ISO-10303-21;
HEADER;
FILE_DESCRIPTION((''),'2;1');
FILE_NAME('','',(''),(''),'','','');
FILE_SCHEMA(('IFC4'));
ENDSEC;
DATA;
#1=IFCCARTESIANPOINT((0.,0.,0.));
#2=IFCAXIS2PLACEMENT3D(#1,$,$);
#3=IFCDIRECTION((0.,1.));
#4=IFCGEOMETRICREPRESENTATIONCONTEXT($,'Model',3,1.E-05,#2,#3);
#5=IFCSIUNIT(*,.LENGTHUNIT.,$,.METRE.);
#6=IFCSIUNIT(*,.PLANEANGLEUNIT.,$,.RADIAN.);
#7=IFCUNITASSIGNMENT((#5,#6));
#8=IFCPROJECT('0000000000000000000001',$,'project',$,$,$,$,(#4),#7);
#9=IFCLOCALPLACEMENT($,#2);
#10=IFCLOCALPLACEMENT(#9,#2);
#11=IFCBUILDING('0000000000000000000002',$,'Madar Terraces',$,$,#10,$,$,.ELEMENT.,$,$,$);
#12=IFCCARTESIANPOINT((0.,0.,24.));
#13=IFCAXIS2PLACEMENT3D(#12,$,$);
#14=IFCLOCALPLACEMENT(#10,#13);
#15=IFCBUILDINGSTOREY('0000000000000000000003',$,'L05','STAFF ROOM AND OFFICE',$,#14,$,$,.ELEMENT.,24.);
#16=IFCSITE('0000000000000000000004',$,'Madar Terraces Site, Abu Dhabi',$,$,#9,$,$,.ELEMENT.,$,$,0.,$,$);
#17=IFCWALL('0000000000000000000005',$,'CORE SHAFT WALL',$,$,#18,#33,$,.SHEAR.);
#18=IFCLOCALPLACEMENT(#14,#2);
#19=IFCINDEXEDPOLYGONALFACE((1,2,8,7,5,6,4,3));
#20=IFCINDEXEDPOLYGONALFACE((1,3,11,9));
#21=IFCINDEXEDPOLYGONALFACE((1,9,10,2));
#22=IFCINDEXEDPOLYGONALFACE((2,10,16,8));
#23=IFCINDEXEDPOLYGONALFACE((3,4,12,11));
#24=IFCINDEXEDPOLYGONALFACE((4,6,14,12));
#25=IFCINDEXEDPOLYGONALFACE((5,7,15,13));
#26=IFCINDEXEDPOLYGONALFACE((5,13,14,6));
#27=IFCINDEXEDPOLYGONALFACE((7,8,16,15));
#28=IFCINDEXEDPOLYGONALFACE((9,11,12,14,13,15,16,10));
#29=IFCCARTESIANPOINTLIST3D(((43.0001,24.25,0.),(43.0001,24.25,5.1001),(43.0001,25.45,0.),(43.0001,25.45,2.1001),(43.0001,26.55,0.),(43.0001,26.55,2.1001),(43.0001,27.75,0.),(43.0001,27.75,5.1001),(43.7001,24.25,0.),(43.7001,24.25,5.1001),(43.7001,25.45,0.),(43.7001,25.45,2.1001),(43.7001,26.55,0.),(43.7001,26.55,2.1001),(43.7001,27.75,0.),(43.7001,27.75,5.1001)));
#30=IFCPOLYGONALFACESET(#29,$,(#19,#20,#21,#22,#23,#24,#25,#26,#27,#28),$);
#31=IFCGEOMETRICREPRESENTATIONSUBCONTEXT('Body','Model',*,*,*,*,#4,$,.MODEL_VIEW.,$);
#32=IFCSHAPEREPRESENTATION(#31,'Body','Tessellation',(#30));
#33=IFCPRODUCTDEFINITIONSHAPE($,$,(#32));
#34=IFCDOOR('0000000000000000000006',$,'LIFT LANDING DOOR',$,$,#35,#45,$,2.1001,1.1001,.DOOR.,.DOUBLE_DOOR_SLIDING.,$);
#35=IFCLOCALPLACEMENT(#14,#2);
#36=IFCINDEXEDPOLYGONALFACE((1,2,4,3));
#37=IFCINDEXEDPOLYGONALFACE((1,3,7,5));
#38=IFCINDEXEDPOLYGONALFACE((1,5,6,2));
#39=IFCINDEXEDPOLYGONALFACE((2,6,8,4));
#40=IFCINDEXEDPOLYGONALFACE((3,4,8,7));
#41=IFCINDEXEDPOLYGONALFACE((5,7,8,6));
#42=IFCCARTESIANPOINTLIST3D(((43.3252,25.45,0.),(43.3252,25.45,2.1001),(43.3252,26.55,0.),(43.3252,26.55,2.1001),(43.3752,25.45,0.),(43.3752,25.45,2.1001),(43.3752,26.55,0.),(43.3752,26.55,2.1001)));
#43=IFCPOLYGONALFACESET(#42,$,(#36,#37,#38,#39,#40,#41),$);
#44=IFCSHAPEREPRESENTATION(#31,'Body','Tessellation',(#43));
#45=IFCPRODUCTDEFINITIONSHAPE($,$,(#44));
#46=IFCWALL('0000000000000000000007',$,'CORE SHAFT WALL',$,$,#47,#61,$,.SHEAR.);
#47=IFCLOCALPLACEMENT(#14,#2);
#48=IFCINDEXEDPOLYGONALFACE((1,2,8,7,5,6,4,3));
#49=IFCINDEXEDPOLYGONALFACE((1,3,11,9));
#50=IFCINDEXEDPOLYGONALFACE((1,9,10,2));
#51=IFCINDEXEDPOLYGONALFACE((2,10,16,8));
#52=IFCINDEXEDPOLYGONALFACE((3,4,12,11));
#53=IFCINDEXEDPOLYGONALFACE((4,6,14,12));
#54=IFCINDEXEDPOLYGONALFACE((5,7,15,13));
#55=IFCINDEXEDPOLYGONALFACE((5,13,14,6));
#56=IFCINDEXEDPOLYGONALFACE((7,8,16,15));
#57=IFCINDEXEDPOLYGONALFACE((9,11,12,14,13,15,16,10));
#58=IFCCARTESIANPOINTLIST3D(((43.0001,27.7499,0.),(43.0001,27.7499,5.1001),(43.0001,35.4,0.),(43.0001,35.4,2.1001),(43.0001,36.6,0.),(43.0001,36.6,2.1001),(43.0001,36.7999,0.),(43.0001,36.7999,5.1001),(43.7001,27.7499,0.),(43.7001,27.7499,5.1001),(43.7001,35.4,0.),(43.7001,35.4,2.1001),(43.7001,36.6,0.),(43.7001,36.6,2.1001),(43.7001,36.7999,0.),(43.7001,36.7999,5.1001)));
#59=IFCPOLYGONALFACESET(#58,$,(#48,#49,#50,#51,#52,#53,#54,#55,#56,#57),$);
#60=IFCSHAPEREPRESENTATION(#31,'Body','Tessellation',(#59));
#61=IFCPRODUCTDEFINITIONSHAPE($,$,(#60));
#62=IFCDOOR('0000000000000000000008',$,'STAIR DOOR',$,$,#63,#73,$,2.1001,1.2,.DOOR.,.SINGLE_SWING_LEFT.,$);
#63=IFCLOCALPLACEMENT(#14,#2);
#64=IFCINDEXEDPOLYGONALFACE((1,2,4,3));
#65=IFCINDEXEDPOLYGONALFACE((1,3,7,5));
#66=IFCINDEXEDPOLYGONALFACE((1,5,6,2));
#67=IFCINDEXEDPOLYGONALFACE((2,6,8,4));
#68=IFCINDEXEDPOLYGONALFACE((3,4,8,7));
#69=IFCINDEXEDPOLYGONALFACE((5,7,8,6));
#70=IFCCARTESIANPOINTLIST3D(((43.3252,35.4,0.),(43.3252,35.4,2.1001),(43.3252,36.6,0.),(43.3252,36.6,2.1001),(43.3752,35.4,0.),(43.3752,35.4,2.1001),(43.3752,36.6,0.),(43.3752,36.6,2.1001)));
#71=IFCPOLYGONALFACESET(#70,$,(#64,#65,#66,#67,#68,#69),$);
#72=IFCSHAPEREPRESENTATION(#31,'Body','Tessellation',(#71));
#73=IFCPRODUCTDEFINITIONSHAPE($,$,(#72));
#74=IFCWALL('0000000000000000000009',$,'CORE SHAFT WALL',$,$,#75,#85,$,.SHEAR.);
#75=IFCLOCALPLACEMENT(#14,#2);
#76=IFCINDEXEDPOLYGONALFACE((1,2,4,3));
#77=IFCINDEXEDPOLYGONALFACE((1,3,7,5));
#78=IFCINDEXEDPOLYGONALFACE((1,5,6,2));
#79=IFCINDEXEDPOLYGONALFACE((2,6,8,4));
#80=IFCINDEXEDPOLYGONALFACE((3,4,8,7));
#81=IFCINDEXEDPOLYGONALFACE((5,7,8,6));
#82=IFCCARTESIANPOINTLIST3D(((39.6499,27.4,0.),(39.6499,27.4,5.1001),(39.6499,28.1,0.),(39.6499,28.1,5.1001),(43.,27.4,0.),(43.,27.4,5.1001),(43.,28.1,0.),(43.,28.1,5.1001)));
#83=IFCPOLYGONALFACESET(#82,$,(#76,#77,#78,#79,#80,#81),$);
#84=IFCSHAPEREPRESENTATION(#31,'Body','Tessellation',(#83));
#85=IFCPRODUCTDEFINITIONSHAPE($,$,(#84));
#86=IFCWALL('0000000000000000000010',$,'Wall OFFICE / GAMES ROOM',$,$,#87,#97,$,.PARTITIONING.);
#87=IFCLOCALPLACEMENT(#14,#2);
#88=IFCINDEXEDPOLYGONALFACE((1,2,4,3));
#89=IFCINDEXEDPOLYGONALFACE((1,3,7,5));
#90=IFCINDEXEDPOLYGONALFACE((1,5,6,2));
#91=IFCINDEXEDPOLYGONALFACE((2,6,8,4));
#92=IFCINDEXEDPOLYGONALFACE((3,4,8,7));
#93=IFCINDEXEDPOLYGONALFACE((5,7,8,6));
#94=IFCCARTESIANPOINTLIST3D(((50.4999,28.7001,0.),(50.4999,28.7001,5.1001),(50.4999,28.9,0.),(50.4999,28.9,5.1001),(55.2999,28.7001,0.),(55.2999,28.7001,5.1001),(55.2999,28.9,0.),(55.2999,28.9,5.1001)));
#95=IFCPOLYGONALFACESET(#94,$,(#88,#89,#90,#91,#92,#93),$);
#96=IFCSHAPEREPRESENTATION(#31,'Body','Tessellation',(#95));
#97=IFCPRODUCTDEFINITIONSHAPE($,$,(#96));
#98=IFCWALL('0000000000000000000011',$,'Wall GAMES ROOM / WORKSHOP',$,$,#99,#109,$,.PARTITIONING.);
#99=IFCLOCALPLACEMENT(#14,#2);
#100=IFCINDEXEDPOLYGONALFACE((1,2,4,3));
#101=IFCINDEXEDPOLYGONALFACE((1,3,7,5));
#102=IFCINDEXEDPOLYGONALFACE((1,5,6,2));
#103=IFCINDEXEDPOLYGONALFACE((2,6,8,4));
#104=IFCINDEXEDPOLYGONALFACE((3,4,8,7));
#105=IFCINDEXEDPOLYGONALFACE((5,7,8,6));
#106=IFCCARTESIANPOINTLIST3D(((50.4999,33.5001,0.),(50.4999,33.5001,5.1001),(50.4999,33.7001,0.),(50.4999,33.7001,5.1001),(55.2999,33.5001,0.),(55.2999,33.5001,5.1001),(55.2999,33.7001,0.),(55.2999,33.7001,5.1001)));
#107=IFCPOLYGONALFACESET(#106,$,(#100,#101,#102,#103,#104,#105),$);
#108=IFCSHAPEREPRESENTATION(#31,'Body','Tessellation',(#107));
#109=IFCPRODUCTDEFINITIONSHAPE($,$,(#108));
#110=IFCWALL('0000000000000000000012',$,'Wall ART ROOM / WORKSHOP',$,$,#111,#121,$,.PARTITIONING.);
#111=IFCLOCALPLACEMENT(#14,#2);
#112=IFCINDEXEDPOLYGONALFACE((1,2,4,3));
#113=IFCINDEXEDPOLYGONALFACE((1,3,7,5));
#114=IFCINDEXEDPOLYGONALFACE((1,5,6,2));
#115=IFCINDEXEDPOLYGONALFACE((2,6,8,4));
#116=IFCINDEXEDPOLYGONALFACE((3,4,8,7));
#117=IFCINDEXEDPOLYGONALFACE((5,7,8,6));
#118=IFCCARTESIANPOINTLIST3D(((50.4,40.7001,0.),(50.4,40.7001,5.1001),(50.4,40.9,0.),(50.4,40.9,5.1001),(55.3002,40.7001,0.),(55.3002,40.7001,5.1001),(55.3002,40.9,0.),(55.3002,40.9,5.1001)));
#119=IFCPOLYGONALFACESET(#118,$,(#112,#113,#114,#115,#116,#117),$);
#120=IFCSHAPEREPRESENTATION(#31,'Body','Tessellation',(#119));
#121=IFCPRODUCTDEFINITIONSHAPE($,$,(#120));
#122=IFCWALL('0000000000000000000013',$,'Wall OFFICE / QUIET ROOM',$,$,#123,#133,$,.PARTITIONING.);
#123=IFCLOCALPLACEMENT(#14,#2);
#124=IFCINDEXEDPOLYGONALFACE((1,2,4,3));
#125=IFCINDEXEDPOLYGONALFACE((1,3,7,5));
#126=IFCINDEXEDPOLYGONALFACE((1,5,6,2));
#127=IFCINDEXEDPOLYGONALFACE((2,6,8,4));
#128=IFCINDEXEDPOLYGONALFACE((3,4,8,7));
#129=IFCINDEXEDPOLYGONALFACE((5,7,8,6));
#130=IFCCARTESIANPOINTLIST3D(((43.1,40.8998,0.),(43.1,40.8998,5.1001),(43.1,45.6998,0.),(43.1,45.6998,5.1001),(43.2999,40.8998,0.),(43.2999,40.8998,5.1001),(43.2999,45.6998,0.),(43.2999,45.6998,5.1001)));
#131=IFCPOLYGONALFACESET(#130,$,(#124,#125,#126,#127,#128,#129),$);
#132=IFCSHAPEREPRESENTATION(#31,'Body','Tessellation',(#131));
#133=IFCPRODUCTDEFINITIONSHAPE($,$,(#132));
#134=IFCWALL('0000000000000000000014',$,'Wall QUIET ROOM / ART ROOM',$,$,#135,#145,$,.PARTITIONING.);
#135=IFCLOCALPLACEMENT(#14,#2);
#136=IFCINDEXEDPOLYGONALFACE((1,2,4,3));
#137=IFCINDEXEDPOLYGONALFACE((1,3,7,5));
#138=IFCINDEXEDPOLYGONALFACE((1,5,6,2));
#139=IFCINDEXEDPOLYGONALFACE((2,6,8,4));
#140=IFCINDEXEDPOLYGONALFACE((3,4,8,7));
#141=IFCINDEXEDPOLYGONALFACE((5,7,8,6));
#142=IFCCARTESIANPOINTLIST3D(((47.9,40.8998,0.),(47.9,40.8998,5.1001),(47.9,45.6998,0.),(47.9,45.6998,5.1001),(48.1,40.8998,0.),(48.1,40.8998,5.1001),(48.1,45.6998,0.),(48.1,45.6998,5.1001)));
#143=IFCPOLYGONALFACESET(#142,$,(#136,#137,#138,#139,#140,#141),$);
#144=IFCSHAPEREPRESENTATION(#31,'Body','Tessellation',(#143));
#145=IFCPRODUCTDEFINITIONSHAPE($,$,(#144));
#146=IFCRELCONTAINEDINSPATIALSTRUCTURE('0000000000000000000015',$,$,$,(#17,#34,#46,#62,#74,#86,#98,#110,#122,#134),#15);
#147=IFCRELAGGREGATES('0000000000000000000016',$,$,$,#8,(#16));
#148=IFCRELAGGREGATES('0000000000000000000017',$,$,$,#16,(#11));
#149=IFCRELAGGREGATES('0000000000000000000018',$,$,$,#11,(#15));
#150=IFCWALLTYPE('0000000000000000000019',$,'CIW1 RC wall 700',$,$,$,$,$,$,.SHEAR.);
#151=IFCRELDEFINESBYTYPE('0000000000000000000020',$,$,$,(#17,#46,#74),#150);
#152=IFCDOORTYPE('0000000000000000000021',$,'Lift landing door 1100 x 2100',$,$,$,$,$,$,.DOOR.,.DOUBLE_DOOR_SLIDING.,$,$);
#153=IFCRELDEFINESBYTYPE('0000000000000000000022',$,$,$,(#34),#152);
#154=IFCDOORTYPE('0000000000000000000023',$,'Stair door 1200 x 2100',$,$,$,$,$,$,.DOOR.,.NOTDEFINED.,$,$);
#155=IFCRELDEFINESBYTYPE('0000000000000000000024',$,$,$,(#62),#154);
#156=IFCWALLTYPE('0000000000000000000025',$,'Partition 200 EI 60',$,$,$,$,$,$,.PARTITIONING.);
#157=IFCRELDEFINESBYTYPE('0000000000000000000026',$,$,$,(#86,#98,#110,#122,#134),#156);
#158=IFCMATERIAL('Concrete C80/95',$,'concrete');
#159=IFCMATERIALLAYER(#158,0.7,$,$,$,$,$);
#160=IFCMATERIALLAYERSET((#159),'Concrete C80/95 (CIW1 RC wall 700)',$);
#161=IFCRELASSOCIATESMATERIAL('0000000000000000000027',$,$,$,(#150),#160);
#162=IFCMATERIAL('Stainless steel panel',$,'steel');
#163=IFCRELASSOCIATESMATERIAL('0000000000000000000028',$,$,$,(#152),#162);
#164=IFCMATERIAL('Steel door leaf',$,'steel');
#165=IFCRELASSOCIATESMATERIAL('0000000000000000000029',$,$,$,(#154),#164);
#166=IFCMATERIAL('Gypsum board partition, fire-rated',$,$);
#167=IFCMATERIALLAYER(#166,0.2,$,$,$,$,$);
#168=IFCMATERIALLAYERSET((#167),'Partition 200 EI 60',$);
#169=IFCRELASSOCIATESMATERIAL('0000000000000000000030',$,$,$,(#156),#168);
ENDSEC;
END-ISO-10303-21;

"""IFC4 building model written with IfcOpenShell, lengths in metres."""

from ifc_helpers import new_model, si_unit, direction, frame, frame_2d, origin, place, context, subcontext, project, spatial, rectangle, extrude, material, layer, layer_set, type_object, element, fill, save


model = new_model("IFC4")

# Units and contexts
model_context = context("Model", 3, precision=1e-05, world=origin(), true_north=direction((0.0, 1.0)))
body_context = subcontext(model_context, "Body", "Model", "MODEL_VIEW")
ifc_project = project(units=[si_unit("LENGTHUNIT", "METRE"), si_unit("PLANEANGLEUNIT", "RADIAN")], contexts=[model_context])

# Site, building, storey
site_placement = place(None, origin())
site = spatial("IfcSite", under=ifc_project, at=site_placement, Name="Madar Terraces Site, Abu Dhabi", CompositionType="ELEMENT", RefElevation=0.0)
building_placement = place(site_placement, origin())
building = spatial("IfcBuilding", under=site, at=building_placement, Name="Madar Terraces", CompositionType="ELEMENT")
storey_placement = place(building_placement, frame((0.0, 0.0, 24.0)))
storey = spatial("IfcBuildingStorey", under=building, at=storey_placement, Name="L05", Description="STAFF ROOM AND OFFICE", CompositionType="ELEMENT", Elevation=24.0)

# Walls, openings, doors
ifc_material_1 = material(Name="Concrete C80/95", Category="concrete")
ifc_layer_1 = layer(ifc_material_1, 0.7)
ifc_layer_set_1 = layer_set([ifc_layer_1], Name="Concrete C80/95 (CIW1 RC wall 700)")
wall_type_1 = type_object("IfcWallType", Name="CIW1 RC wall 700", PredefinedType="SHEAR", material=ifc_layer_set_1)
wall_1_placement = place(storey_placement, frame((43.3501, 24.25, 0.0), z_axis=(0.0, 0.0, 1.0), x_axis=(0.0, 1.0, 0.0)))
wall_1 = element("IfcWall", 1, at=wall_1_placement, inside=storey, type_object=wall_type_1, Name="CORE SHAFT WALL", PredefinedType="SHEAR", context=body_context, shape_type="SweptSolid", body=[
    extrude(rectangle(XDim=3.5, YDim=0.7, at=frame_2d((1.75, 0.0))), origin(), (0.0, 0.0, 1.0), 5.1001),
])
opening_1_placement = place(wall_1_placement, frame((1.2, 0.0, 0.0)))
opening_1 = element("IfcOpeningElement", 2, at=opening_1_placement, cuts=wall_1, PredefinedType="OPENING", context=body_context, shape_type="SweptSolid", body=[
    extrude(rectangle(XDim=1.1001, YDim=2.1001, at=frame_2d((0.55, 1.05))), frame((0.0, 0.3599, 0.0), z_axis=(0.0, -1.0, 0.0), x_axis=(1.0, 0.0, 0.0)), (0.0, 0.0, 1.0), 0.72),
])
ifc_material_2 = material(Name="Stainless steel panel", Category="steel")
door_type_1 = type_object("IfcDoorType", Name="Lift landing door 1100 x 2100", OperationType="DOUBLE_DOOR_SLIDING", PredefinedType="DOOR", material=ifc_material_2)
door_1_placement = place(opening_1_placement, origin())
door_1 = element("IfcDoor", 3, at=door_1_placement, inside=storey, type_object=door_type_1, Name="LIFT LANDING DOOR", OperationType="DOUBLE_DOOR_SLIDING", OverallHeight=2.1001, OverallWidth=1.1001, PredefinedType="DOOR", context=body_context, shape_type="SweptSolid", body=[
    extrude(rectangle(XDim=1.1001, YDim=2.1001, at=frame_2d((0.55, 1.05))), frame((0.0, 0.0249, 0.0), z_axis=(0.0, -1.0, 0.0), x_axis=(1.0, 0.0, 0.0)), (0.0, 0.0, 1.0), 0.05),
])
fill(opening_1, door_1)
wall_2_placement = place(storey_placement, frame((43.3501, 27.75, 0.0), z_axis=(0.0, 0.0, 1.0), x_axis=(0.0, 1.0, 0.0)))
wall_2 = element("IfcWall", 4, at=wall_2_placement, inside=storey, type_object=wall_type_1, Name="CORE SHAFT WALL", PredefinedType="SHEAR", context=body_context, shape_type="SweptSolid", body=[
    extrude(rectangle(XDim=9.05, YDim=0.7, at=frame_2d((4.5249, 0.0))), origin(), (0.0, 0.0, 1.0), 5.1001),
])
opening_2_placement = place(wall_2_placement, frame((7.6499, 0.0, 0.0)))
opening_2 = element("IfcOpeningElement", 5, at=opening_2_placement, cuts=wall_2, PredefinedType="OPENING", context=body_context, shape_type="SweptSolid", body=[
    extrude(rectangle(XDim=1.2, YDim=2.1001, at=frame_2d((0.6001, 1.05))), frame((0.0, 0.3599, 0.0), z_axis=(0.0, -1.0, 0.0), x_axis=(1.0, 0.0, 0.0)), (0.0, 0.0, 1.0), 0.72),
])
ifc_material_3 = material(Name="Steel door leaf", Category="steel")
door_type_2 = type_object("IfcDoorType", Name="Stair door 1200 x 2100", OperationType="NOTDEFINED", PredefinedType="DOOR", material=ifc_material_3)
door_2_placement = place(opening_2_placement, origin())
door_2 = element("IfcDoor", 6, at=door_2_placement, inside=storey, type_object=door_type_2, Name="STAIR DOOR", OperationType="SINGLE_SWING_LEFT", OverallHeight=2.1001, OverallWidth=1.2, PredefinedType="DOOR", context=body_context, shape_type="SweptSolid", body=[
    extrude(rectangle(XDim=1.2, YDim=2.1001, at=frame_2d((0.6001, 1.05))), frame((0.0, 0.0249, 0.0), z_axis=(0.0, -1.0, 0.0), x_axis=(1.0, 0.0, 0.0)), (0.0, 0.0, 1.0), 0.05),
])
fill(opening_2, door_2)

# Walls
wall_3_placement = place(storey_placement, frame((39.6499, 27.75, 0.0), z_axis=(0.0, 0.0, 1.0), x_axis=(1.0, 0.0, 0.0)))
element("IfcWall", 7, at=wall_3_placement, inside=storey, type_object=wall_type_1, Name="CORE SHAFT WALL", PredefinedType="SHEAR", context=body_context, shape_type="SweptSolid", body=[
    extrude(rectangle(XDim=3.3501, YDim=0.7, at=frame_2d((1.675, 0.0))), origin(), (0.0, 0.0, 1.0), 5.1001),
])
ifc_material_4 = material(Name="Gypsum board partition, fire-rated")
ifc_layer_2 = layer(ifc_material_4, 0.2)
ifc_layer_set_2 = layer_set([ifc_layer_2], Name="Partition 200 EI 60")
wall_type_2 = type_object("IfcWallType", Name="Partition 200 EI 60", PredefinedType="PARTITIONING", material=ifc_layer_set_2)
for number, where, z_axis, x_axis, name in (
    (8, (50.5, 28.8, 0.0), (0.0, 0.0, 1.0), (1.0, 0.0, 0.0), "Wall OFFICE / GAMES ROOM"),
    (9, (50.5, 33.6001, 0.0), (0.0, 0.0, 1.0), (1.0, 0.0, 0.0), "Wall GAMES ROOM / WORKSHOP"),
):
    element("IfcWall", number, at=place(storey_placement, frame(where, z_axis=z_axis, x_axis=x_axis)), inside=storey, type_object=wall_type_2, Name=name, PredefinedType="PARTITIONING", context=body_context, shape_type="SweptSolid", body=[
        extrude(rectangle(XDim=4.8, YDim=0.2, at=frame_2d((2.3999, 0.0))), origin(), (0.0, 0.0, 1.0), 5.1001),
    ])
wall_4_placement = place(storey_placement, frame((50.3999, 40.8, 0.0), z_axis=(0.0, 0.0, 1.0), x_axis=(1.0, 0.0, 0.0)))
element("IfcWall", 10, at=wall_4_placement, inside=storey, type_object=wall_type_2, Name="Wall ART ROOM / WORKSHOP", PredefinedType="PARTITIONING", context=body_context, shape_type="SweptSolid", body=[
    extrude(rectangle(XDim=4.9001, YDim=0.2, at=frame_2d((2.4502, 0.0))), origin(), (0.0, 0.0, 1.0), 5.1001),
])
for number, where, z_axis, x_axis, name in (
    (11, (43.2, 40.8999, 0.0), (0.0, 0.0, 1.0), (0.0, 1.0, 0.0), "Wall OFFICE / QUIET ROOM"),
    (12, (48.0, 40.8999, 0.0), (0.0, 0.0, 1.0), (0.0, 1.0, 0.0), "Wall QUIET ROOM / ART ROOM"),
):
    element("IfcWall", number, at=place(storey_placement, frame(where, z_axis=z_axis, x_axis=x_axis)), inside=storey, type_object=wall_type_2, Name=name, PredefinedType="PARTITIONING", context=body_context, shape_type="SweptSolid", body=[
        extrude(rectangle(XDim=4.8, YDim=0.2, at=frame_2d((2.3999, 0.0))), origin(), (0.0, 0.0, 1.0), 5.1001),
    ])

save(model, "model.ifc")
